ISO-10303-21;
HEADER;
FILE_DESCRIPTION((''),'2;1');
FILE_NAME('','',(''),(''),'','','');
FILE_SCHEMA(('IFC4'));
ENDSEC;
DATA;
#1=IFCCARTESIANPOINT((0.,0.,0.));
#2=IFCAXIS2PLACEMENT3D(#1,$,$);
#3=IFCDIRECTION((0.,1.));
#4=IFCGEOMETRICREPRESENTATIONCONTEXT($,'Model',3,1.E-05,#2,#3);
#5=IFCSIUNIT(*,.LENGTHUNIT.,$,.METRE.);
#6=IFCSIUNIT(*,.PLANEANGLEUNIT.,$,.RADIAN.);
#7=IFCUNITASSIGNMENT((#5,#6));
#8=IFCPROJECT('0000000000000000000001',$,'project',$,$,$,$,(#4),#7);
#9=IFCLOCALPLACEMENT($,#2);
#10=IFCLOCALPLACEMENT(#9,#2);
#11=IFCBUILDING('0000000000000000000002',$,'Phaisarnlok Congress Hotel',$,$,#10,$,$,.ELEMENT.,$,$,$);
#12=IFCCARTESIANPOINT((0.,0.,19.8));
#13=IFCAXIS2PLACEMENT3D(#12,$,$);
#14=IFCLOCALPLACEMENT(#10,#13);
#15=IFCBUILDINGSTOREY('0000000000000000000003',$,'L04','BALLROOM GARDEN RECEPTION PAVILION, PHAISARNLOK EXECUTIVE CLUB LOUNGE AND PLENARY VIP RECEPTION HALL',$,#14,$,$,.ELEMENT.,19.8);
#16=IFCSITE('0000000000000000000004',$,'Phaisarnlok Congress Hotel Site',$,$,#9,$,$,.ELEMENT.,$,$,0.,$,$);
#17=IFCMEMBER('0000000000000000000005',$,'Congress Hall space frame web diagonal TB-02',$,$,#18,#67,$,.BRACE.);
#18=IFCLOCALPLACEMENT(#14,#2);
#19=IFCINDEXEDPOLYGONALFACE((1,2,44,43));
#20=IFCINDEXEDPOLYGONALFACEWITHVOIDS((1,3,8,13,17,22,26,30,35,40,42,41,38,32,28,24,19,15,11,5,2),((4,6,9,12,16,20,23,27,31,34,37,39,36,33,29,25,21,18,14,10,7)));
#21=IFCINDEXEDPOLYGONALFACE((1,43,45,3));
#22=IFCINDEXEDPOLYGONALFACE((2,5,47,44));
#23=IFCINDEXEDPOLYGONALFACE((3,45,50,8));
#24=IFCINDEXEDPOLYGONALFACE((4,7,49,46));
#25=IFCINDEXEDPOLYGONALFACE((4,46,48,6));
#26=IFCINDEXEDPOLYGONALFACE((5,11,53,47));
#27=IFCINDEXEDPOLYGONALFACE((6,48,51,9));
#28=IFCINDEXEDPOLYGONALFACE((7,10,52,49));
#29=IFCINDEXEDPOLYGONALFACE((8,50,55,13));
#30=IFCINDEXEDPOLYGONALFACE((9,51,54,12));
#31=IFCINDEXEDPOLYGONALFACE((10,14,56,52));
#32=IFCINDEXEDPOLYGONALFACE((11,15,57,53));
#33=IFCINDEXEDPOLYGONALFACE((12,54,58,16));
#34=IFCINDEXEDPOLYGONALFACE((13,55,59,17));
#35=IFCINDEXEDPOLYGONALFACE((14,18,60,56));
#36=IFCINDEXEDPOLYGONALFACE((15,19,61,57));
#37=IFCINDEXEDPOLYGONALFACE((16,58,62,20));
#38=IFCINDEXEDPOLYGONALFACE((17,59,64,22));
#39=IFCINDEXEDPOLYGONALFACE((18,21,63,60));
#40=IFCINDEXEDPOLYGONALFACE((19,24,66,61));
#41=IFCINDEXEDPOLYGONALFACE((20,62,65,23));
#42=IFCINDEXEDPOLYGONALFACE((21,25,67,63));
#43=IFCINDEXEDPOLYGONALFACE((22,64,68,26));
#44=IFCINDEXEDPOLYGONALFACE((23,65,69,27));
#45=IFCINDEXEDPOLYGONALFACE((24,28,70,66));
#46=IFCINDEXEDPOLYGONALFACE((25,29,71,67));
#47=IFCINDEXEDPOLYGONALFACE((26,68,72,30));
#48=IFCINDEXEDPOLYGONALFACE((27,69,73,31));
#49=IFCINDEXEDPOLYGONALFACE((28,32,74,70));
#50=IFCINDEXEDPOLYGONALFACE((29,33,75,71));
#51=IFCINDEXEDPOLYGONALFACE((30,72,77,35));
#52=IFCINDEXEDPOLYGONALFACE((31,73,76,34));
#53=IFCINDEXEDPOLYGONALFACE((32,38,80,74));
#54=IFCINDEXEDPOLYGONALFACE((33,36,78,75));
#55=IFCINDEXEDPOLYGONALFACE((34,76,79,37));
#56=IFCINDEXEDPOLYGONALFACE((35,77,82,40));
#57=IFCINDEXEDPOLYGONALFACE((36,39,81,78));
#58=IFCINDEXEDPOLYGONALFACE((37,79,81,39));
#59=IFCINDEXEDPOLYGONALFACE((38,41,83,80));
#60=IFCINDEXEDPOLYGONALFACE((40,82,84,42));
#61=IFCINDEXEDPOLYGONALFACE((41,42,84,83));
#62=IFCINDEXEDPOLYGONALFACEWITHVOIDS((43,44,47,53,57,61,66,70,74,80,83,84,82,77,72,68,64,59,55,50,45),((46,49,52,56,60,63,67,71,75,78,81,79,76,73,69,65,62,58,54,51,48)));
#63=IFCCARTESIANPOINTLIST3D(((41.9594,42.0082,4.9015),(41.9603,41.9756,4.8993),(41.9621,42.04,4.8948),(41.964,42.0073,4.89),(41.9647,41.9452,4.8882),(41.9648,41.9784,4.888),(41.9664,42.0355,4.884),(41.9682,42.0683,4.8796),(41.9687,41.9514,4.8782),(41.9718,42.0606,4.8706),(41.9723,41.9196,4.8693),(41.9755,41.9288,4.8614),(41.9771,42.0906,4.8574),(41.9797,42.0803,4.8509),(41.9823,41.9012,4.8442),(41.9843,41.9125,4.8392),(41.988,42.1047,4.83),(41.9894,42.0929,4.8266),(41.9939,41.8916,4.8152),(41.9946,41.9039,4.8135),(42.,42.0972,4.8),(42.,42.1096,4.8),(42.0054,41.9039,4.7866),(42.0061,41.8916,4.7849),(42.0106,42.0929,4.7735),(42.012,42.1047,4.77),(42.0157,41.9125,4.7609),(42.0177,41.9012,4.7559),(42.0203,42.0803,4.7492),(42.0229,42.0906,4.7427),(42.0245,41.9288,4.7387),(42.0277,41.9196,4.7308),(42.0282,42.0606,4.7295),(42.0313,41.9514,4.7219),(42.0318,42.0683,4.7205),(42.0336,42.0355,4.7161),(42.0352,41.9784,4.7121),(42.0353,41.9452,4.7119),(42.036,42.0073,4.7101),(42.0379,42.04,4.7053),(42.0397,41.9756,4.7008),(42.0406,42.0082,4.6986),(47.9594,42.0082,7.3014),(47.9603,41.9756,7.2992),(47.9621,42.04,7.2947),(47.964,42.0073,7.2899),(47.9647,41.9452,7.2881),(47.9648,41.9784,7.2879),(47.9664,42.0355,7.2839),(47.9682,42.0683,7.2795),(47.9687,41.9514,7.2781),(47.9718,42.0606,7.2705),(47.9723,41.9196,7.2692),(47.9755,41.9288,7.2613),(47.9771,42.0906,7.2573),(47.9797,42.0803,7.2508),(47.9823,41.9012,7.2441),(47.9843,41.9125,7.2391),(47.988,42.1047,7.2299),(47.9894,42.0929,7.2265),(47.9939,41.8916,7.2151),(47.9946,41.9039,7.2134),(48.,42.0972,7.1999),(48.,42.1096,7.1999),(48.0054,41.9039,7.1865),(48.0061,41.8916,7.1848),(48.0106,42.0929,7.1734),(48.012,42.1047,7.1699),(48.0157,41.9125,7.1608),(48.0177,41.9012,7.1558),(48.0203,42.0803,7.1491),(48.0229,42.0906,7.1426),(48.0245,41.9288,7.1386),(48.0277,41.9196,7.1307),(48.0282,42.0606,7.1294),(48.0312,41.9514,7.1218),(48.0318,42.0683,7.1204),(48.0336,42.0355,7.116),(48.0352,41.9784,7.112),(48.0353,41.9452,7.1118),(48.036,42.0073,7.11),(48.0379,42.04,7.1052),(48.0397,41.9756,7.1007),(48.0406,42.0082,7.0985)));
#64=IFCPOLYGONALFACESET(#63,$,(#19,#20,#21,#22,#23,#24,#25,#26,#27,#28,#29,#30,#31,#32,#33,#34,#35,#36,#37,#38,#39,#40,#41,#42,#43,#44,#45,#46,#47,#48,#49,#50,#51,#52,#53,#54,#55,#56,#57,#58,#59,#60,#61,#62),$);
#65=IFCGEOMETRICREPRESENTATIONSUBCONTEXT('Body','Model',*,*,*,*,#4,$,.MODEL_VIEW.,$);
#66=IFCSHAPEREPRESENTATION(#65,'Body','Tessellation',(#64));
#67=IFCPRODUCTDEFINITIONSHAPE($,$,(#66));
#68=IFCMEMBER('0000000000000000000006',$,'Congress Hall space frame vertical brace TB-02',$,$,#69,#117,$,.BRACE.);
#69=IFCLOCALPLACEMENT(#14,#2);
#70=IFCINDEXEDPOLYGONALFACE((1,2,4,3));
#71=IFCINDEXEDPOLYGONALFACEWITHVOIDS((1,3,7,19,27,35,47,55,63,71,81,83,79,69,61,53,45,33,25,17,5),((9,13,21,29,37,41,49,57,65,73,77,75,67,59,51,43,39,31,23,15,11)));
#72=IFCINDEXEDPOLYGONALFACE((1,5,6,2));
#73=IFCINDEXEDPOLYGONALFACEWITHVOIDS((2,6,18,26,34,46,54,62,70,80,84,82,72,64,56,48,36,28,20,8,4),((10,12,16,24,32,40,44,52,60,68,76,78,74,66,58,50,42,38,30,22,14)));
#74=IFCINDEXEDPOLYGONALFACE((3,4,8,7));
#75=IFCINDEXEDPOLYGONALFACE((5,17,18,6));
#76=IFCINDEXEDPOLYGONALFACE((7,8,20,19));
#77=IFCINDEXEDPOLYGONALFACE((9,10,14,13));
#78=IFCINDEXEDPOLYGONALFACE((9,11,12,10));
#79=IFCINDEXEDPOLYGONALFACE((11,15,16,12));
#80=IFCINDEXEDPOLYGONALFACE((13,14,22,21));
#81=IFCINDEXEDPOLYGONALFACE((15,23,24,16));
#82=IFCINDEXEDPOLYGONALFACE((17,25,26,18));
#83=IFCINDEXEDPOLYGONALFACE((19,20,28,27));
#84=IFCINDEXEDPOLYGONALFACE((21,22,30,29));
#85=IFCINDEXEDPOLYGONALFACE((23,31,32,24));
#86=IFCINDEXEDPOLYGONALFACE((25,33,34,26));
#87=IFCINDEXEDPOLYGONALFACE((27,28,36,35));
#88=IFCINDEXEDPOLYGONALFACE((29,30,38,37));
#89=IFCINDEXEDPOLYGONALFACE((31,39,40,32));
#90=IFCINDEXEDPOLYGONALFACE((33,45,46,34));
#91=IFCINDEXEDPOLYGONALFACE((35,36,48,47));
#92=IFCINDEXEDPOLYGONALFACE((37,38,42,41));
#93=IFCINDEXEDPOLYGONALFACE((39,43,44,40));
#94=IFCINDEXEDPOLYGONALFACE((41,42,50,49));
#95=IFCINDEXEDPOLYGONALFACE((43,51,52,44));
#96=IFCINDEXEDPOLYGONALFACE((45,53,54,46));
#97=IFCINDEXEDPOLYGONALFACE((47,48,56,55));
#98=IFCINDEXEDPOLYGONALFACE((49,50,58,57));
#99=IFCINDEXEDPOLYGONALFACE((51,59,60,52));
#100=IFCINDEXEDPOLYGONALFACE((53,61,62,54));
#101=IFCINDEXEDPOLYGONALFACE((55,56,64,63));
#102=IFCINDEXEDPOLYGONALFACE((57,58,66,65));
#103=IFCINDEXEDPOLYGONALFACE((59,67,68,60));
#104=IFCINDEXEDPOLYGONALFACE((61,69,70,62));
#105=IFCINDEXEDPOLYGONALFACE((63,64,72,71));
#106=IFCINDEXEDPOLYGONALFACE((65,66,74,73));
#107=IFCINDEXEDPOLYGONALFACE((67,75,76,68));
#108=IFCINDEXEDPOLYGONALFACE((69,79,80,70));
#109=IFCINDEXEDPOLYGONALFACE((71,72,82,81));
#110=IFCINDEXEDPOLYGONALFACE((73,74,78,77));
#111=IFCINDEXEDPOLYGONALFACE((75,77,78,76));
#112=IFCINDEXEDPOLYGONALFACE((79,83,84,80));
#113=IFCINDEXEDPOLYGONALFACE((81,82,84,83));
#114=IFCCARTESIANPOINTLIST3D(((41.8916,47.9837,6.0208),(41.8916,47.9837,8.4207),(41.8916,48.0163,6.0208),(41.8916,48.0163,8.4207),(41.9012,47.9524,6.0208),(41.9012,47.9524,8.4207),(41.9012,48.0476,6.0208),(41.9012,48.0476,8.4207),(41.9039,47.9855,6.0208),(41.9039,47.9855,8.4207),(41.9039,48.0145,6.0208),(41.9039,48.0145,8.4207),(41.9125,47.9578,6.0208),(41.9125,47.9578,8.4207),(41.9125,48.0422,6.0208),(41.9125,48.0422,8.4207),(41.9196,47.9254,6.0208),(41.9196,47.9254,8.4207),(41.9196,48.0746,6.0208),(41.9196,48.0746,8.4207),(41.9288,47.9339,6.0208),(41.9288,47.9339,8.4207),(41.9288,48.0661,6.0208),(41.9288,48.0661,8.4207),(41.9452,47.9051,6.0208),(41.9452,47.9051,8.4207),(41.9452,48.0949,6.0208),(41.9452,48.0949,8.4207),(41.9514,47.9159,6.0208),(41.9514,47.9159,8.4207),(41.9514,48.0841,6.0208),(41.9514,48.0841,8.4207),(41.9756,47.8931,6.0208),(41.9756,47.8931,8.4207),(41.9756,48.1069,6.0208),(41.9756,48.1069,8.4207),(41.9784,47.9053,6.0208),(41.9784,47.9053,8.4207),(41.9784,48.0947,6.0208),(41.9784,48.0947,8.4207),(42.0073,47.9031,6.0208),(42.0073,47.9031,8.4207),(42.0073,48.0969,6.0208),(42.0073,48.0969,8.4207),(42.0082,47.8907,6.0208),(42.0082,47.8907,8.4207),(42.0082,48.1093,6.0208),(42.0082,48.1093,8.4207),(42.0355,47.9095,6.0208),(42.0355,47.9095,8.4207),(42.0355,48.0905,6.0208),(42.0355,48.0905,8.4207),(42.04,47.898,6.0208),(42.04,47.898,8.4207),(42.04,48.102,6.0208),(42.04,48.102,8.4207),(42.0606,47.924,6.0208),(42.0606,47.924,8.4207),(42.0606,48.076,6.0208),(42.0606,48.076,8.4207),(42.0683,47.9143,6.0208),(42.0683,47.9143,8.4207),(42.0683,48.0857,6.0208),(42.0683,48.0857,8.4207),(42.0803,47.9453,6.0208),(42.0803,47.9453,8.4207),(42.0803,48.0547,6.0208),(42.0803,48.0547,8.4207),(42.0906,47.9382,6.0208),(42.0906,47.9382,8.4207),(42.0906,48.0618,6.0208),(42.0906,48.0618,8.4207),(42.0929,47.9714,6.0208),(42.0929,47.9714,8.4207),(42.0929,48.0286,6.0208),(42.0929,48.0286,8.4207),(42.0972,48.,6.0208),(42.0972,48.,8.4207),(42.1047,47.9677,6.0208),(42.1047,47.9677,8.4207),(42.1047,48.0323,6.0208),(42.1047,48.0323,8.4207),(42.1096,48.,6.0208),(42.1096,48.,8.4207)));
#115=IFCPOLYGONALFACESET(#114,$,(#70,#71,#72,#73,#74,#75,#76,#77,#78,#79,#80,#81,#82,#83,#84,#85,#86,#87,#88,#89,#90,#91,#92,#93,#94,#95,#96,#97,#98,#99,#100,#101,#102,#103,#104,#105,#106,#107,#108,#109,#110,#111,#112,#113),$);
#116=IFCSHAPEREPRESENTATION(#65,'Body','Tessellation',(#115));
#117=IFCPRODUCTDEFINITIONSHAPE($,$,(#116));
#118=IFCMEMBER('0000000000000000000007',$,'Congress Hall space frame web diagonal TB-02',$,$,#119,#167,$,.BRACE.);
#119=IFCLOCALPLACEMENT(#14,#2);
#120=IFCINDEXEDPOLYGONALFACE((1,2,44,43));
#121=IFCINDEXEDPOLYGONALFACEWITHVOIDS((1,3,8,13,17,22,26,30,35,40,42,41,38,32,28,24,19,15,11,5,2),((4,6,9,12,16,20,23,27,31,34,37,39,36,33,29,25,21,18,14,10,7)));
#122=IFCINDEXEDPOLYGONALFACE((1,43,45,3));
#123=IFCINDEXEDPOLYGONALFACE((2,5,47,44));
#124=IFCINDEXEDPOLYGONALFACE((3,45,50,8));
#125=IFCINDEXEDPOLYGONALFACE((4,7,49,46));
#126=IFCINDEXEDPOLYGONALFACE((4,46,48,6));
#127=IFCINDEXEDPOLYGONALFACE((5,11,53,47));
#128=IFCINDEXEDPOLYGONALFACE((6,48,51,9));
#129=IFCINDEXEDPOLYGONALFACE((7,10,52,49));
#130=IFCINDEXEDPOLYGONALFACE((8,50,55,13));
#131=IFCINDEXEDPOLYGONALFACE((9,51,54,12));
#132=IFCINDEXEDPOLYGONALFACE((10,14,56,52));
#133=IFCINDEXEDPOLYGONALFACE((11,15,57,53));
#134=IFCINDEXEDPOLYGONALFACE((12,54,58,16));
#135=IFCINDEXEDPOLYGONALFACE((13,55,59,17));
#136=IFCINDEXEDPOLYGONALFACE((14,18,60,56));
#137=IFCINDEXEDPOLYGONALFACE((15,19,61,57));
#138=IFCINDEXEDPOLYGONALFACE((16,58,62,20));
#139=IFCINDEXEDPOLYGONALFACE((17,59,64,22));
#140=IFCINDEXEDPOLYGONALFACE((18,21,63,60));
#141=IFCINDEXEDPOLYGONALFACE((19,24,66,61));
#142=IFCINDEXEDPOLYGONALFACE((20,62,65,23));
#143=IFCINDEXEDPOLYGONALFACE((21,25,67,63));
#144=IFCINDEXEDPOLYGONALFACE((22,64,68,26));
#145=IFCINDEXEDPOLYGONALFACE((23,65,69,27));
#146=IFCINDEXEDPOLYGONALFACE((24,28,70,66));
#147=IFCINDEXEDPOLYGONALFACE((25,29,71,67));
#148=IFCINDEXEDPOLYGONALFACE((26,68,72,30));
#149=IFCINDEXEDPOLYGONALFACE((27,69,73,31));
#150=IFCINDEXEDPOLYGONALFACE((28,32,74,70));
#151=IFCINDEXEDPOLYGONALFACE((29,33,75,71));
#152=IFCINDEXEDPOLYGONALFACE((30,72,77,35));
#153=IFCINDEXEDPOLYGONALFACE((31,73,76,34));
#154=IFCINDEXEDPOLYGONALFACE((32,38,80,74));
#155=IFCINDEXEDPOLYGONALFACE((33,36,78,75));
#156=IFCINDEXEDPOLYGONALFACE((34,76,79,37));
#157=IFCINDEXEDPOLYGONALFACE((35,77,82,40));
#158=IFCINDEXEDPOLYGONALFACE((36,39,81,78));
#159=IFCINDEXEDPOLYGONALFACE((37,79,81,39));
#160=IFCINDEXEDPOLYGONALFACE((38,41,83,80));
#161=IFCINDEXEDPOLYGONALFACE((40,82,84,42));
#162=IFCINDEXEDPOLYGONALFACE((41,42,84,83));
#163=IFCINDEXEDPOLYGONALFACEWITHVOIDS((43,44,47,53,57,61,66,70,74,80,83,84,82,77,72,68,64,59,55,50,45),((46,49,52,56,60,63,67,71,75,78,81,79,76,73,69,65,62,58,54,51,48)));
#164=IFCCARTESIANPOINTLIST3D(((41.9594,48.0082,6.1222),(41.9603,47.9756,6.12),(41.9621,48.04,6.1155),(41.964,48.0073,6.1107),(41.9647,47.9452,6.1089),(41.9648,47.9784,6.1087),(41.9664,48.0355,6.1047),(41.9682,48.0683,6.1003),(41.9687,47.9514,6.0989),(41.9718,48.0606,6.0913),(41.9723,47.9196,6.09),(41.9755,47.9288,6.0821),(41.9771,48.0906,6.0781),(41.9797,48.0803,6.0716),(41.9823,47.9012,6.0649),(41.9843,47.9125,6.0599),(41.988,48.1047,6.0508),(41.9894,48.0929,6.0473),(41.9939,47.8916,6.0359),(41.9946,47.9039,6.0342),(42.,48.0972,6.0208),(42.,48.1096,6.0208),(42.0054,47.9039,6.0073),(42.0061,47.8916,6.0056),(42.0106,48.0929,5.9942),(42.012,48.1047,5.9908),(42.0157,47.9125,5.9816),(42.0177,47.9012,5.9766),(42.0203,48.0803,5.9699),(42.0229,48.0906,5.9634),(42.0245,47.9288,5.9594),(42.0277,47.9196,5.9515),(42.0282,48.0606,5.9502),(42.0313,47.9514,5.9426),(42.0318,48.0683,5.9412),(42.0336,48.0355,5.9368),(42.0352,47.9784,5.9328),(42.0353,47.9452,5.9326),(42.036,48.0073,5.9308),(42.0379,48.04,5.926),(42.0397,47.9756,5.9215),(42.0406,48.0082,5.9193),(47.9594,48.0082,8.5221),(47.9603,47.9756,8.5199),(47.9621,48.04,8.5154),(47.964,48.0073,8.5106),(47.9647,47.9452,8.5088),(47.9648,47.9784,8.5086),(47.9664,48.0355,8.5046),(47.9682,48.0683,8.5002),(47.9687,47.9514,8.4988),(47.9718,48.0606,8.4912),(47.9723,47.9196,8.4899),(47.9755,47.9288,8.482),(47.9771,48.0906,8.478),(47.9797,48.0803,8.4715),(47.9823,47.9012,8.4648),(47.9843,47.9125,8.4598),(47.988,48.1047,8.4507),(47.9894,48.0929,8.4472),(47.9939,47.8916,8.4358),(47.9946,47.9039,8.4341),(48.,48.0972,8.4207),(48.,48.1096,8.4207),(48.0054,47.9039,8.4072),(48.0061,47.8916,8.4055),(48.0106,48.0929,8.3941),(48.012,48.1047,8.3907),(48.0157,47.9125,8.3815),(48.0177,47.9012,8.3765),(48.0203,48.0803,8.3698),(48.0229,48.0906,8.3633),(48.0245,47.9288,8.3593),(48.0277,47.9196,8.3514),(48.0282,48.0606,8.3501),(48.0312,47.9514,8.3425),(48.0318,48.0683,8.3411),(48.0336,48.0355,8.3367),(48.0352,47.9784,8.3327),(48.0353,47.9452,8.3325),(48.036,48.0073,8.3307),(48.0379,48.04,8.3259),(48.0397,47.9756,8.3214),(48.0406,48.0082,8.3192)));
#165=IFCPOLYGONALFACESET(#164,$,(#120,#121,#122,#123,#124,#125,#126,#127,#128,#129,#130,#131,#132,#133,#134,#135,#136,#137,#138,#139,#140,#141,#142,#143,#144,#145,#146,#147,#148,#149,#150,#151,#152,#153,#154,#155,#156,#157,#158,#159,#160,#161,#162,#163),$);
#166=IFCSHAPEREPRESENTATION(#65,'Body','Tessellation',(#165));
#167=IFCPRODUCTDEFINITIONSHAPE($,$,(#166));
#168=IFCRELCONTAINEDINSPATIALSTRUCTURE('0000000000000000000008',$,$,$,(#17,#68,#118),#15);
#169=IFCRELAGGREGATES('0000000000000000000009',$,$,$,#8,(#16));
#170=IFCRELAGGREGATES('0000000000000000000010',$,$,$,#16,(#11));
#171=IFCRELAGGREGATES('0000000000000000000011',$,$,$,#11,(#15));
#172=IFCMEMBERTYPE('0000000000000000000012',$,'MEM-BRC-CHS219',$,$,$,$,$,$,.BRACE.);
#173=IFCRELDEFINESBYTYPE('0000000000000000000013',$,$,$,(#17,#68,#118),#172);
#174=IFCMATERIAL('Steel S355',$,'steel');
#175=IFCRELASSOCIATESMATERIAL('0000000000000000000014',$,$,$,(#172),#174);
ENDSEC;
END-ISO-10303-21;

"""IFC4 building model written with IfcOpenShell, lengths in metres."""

from ifc_helpers import new_model, si_unit, direction, frame, origin, origin_2d, place, context, subcontext, project, spatial, hollow_circle, extrude, material, material_profile, profile_set, type_object, element, save


model = new_model("IFC4")

# Units and contexts
model_context = context("Model", 3, precision=1e-05, world=origin(), true_north=direction((0.0, 1.0)))
body_context = subcontext(model_context, "Body", "Model", "MODEL_VIEW")
ifc_project = project(units=[si_unit("LENGTHUNIT", "METRE"), si_unit("PLANEANGLEUNIT", "RADIAN")], contexts=[model_context])

# Site, building, storey
site_placement = place(None, origin())
site = spatial("IfcSite", under=ifc_project, at=site_placement, Name="Phaisarnlok Congress Hotel Site", CompositionType="ELEMENT", RefElevation=0.0)
building_placement = place(site_placement, origin())
building = spatial("IfcBuilding", under=site, at=building_placement, Name="Phaisarnlok Congress Hotel", CompositionType="ELEMENT")
storey_placement = place(building_placement, frame((0.0, 0.0, 19.8)))
storey = spatial("IfcBuildingStorey", under=building, at=storey_placement, Name="L04", Description="BALLROOM GARDEN RECEPTION PAVILION, PHAISARNLOK EXECUTIVE CLUB LOUNGE AND PLENARY VIP RECEPTION HALL", CompositionType="ELEMENT", Elevation=19.8)

# Members
ifc_material_1 = material(Name="Steel S355", Category="steel")
ifc_material_profile_1 = material_profile(ifc_material_1, hollow_circle(Radius=0.1096, WallThickness=0.0125, at=origin_2d()), Name="CHS 219.1x12.5")
ifc_profile_set_1 = profile_set([ifc_material_profile_1], Name="Steel S355")
member_type_1 = type_object("IfcMemberType", Name="MEM-BRC-CHS219", PredefinedType="BRACE", material=ifc_profile_set_1)
member_1_placement = place(storey_placement, frame((42.0, 42.0, 4.8), z_axis=(0.928482, 0.0, 0.371378), x_axis=(0.0, 1.0, 0.0)))
element("IfcMember", 1, at=member_1_placement, inside=storey, type_object=member_type_1, Name="Congress Hall space frame web diagonal TB-02", PredefinedType="BRACE", context=body_context, shape_type="SweptSolid", body=[
    extrude(hollow_circle(Radius=0.1096, WallThickness=0.0125, at=origin_2d()), origin(), (0.0, 0.0, 1.0), 6.4622),
])
member_2_placement = place(storey_placement, frame((42.0, 48.0, 6.0208), z_axis=(0.0, 0.0, 1.0), x_axis=(1.0, 0.0, 0.0)))
element("IfcMember", 2, at=member_2_placement, inside=storey, type_object=member_type_1, Name="Congress Hall space frame vertical brace TB-02", PredefinedType="BRACE", context=body_context, shape_type="SweptSolid", body=[
    extrude(hollow_circle(Radius=0.1096, WallThickness=0.0125, at=origin_2d()), origin(), (0.0, 0.0, 1.0), 2.3999),
])
member_3_placement = place(storey_placement, frame((42.0, 48.0, 6.0208), z_axis=(0.928482, 0.0, 0.371378), x_axis=(0.0, 1.0, 0.0)))
element("IfcMember", 3, at=member_3_placement, inside=storey, type_object=member_type_1, Name="Congress Hall space frame web diagonal TB-02", PredefinedType="BRACE", context=body_context, shape_type="SweptSolid", body=[
    extrude(hollow_circle(Radius=0.1096, WallThickness=0.0125, at=origin_2d()), origin(), (0.0, 0.0, 1.0), 6.4622),
])

save(model, "model.ifc")
